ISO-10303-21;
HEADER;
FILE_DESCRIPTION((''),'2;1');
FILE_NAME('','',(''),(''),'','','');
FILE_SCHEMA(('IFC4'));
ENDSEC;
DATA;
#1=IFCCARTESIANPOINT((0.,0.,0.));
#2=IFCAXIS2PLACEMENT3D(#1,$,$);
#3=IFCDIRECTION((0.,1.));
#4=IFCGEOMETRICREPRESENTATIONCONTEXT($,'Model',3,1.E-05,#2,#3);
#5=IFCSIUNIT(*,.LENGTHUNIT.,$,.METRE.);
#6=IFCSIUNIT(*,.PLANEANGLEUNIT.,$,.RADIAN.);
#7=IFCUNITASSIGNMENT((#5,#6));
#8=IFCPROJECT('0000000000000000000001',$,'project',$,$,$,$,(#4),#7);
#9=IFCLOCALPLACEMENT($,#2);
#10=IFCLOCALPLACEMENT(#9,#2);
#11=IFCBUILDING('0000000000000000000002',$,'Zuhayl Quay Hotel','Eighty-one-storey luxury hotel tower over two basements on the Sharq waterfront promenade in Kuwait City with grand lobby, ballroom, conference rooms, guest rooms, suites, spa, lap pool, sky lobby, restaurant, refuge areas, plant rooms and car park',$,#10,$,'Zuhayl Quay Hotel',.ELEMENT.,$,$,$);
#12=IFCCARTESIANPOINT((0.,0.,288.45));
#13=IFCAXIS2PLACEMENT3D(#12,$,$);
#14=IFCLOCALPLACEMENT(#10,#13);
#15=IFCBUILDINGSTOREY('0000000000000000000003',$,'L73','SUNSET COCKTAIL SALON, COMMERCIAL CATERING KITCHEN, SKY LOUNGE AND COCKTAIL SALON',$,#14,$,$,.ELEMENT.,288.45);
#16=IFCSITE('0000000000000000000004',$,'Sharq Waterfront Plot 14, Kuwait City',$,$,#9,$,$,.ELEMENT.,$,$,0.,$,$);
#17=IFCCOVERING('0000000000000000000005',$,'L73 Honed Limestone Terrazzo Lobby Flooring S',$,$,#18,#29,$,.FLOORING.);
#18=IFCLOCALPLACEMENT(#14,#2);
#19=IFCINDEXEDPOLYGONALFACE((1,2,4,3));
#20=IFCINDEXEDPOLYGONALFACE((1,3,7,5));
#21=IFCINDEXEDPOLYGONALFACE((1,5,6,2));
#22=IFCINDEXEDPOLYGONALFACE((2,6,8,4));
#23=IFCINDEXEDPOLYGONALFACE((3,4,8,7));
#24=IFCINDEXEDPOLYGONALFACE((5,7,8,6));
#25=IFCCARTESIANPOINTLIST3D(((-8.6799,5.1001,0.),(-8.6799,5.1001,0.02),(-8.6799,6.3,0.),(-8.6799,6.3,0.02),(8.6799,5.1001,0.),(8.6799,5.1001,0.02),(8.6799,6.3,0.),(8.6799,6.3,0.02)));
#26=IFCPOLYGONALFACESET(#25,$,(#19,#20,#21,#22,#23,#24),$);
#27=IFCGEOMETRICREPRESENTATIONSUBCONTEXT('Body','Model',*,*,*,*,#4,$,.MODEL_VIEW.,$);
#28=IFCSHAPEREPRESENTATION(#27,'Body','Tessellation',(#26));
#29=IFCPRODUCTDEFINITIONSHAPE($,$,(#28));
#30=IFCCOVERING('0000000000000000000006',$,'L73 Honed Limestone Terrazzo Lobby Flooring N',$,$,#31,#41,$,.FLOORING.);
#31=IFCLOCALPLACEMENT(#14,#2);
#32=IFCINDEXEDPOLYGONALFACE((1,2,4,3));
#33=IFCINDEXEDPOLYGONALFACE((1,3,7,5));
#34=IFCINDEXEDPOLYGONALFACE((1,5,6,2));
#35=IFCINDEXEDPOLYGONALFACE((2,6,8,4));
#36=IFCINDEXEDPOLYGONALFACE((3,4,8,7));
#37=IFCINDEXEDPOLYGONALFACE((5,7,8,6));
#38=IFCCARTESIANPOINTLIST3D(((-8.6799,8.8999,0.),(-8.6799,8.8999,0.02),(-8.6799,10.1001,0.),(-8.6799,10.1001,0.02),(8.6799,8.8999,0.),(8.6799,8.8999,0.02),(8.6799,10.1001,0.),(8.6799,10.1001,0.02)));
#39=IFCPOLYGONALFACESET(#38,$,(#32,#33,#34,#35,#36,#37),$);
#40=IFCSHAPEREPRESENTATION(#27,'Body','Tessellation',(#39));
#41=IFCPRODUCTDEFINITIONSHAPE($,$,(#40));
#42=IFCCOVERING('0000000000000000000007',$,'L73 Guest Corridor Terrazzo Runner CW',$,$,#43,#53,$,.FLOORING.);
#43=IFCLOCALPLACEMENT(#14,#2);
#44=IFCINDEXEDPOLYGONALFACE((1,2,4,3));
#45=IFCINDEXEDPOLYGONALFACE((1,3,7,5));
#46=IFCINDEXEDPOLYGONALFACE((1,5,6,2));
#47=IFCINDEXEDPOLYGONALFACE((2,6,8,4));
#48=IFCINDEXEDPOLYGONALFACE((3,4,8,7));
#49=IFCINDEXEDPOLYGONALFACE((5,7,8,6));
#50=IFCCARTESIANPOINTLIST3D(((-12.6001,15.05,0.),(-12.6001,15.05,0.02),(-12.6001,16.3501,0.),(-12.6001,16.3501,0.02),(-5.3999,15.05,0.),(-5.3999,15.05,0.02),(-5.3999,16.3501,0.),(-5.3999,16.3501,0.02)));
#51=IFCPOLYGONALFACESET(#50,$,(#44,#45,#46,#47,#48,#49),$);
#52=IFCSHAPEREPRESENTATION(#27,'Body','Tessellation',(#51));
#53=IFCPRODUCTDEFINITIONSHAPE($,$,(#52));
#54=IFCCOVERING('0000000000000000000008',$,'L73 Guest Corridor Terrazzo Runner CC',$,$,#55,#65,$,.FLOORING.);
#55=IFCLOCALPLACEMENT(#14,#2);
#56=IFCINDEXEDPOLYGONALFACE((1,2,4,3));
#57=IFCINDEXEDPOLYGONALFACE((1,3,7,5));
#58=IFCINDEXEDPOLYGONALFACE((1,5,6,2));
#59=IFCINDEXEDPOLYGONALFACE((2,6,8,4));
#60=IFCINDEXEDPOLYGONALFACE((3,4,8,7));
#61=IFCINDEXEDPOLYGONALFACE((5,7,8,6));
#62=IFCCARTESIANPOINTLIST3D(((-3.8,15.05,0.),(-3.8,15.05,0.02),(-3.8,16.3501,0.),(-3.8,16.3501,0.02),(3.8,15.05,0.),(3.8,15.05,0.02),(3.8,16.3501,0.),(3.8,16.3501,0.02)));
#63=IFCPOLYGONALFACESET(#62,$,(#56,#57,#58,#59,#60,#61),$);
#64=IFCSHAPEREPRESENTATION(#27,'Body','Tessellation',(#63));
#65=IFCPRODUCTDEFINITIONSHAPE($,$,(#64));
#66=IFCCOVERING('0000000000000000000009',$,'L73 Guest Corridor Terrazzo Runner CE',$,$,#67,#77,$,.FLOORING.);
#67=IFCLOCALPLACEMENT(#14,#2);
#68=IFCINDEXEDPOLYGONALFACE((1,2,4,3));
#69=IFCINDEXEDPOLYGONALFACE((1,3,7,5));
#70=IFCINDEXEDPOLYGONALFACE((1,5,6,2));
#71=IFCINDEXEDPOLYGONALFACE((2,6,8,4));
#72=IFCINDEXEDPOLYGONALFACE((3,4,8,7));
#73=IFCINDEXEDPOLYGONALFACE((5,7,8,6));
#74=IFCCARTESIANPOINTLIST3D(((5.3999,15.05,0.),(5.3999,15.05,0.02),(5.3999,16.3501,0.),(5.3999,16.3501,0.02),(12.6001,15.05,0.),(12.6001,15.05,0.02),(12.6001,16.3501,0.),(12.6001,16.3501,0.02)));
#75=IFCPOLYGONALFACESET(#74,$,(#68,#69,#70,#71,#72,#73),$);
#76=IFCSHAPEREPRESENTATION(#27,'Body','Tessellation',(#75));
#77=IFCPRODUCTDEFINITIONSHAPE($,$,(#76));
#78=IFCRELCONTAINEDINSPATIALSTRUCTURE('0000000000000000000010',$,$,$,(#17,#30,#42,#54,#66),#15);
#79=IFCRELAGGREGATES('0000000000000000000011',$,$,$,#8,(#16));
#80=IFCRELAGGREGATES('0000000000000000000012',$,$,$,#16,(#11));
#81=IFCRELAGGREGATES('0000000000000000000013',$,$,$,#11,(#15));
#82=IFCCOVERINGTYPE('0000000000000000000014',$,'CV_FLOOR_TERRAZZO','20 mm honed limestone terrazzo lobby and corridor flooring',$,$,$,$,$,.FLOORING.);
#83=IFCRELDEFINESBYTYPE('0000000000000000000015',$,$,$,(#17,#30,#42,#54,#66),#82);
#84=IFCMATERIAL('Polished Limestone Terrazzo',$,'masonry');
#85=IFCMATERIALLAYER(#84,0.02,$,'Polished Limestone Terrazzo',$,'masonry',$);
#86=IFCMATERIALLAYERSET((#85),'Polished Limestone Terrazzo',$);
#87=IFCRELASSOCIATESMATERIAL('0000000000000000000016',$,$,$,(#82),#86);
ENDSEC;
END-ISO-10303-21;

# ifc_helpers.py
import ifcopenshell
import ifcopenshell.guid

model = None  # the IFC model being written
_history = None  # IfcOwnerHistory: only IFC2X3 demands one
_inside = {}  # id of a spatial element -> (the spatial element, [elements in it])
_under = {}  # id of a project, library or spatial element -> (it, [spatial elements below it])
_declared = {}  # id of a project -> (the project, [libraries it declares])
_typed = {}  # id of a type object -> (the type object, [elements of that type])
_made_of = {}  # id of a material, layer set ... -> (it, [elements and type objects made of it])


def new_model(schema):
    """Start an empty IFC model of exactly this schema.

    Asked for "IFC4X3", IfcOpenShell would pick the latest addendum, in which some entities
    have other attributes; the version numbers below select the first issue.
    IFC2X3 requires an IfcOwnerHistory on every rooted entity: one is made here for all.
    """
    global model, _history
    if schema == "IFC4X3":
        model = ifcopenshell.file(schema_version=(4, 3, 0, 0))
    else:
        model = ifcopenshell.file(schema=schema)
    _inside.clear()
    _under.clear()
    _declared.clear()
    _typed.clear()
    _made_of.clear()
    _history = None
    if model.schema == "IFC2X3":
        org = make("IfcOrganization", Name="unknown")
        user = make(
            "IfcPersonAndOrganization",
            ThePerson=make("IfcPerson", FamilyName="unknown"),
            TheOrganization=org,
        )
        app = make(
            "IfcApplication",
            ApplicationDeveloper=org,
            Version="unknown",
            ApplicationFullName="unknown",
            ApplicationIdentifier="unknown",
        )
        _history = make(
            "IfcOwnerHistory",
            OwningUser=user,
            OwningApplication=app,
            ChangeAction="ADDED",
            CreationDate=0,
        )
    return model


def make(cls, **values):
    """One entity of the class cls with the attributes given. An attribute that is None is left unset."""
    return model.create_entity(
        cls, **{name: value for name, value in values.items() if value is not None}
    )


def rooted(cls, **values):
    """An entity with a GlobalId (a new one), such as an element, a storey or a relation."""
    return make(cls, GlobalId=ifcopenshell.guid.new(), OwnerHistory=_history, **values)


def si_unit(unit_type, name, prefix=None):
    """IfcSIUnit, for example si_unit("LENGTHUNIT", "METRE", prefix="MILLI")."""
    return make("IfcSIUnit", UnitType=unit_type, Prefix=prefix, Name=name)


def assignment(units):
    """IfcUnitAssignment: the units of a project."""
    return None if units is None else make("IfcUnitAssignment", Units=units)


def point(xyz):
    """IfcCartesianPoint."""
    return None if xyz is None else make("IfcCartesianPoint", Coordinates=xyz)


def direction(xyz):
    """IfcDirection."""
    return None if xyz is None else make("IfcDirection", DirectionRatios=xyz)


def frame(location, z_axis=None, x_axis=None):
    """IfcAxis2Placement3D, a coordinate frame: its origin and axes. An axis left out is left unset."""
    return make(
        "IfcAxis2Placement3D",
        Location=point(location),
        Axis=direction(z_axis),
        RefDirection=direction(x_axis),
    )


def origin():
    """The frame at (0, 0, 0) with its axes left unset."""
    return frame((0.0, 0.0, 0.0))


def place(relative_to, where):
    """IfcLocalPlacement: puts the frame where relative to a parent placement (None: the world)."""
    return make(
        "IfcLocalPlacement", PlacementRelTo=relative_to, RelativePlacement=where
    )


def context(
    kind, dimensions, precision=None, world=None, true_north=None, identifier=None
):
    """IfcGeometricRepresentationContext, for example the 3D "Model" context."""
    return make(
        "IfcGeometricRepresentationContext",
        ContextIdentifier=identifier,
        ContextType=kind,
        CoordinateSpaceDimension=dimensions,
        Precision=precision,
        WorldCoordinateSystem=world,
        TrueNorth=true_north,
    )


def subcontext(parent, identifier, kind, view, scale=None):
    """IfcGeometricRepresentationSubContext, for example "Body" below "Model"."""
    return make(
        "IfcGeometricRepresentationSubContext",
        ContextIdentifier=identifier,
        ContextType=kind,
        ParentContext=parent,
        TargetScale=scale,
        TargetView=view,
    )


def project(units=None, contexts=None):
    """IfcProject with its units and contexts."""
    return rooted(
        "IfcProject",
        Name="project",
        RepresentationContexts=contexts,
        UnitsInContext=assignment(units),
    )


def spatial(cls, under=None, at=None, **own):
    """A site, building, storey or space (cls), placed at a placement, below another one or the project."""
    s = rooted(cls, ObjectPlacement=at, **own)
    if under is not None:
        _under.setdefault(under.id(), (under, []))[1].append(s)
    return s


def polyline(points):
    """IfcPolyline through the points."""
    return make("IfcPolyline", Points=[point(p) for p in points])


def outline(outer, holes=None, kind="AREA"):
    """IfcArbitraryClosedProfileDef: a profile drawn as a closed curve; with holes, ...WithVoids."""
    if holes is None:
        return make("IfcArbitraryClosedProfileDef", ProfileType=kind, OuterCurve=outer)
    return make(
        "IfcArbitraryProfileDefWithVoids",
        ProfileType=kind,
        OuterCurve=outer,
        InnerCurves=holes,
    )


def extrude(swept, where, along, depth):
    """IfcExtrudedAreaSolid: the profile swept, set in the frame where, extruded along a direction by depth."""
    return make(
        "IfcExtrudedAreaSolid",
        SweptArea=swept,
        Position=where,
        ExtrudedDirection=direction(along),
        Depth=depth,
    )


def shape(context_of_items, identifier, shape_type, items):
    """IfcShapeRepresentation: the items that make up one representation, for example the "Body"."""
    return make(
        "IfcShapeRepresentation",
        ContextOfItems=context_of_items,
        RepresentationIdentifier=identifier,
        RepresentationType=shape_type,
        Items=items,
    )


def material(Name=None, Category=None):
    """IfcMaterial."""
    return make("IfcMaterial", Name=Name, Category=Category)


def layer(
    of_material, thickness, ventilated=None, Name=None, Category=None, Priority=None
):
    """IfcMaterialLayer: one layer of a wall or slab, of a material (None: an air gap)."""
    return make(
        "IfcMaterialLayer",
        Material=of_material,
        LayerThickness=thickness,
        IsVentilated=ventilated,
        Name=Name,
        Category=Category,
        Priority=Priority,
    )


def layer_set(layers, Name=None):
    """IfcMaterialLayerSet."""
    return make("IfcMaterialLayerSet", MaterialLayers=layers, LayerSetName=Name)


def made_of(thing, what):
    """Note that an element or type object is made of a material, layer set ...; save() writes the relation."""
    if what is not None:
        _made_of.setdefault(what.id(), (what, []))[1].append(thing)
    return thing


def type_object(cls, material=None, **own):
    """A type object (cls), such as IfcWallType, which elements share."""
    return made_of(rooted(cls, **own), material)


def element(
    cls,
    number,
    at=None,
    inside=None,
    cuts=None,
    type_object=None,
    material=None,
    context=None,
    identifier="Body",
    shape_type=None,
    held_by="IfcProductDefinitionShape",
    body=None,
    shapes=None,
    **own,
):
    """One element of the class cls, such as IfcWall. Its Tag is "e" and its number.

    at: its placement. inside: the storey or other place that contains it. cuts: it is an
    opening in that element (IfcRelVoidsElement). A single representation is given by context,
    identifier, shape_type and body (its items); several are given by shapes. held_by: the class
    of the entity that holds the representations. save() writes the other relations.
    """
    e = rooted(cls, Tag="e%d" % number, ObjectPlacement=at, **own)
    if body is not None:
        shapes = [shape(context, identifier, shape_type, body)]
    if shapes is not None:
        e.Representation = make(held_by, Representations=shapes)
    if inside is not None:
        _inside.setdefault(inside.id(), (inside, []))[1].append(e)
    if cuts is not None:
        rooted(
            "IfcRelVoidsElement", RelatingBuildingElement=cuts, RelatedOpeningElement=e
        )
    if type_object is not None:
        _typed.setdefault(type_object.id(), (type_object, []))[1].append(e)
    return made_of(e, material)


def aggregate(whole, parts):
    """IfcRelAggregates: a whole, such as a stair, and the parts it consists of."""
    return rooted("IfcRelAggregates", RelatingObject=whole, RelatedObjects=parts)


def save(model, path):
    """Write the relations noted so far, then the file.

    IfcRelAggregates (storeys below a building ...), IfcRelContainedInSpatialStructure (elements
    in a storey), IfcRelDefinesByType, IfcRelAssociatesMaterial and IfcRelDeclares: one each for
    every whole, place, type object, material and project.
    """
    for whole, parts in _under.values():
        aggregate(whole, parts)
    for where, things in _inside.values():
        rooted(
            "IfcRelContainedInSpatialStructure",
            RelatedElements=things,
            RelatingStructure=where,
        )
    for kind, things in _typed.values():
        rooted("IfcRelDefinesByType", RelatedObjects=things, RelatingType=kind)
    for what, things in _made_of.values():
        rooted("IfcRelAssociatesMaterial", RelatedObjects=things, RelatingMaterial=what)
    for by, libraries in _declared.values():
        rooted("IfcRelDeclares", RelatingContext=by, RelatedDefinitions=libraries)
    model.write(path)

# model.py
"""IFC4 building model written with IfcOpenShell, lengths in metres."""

from ifc_helpers import new_model, si_unit, direction, frame, origin, place, context, subcontext, project, spatial, polyline, outline, extrude, material, layer, layer_set, type_object, element, save


model = new_model("IFC4")

# Units and contexts
model_context = context("Model", 3, precision=1e-05, world=origin(), true_north=direction((0.0, 1.0)))
body_context = subcontext(model_context, "Body", "Model", "MODEL_VIEW")
ifc_project = project(units=[si_unit("LENGTHUNIT", "METRE"), si_unit("PLANEANGLEUNIT", "RADIAN")], contexts=[model_context])

# Site, building, storey
site_placement = place(None, origin())
site = spatial("IfcSite", under=ifc_project, at=site_placement, Name="Sharq Waterfront Plot 14, Kuwait City", CompositionType="ELEMENT", RefElevation=0.0)
building_placement = place(site_placement, origin())
building = spatial("IfcBuilding", under=site, at=building_placement, Name="Zuhayl Quay Hotel", Description="Eighty-one-storey luxury hotel tower over two basements on the Sharq waterfront promenade in Kuwait City with grand lobby, ballroom, conference rooms, guest rooms, suites, spa, lap pool, sky lobby, restaurant, refuge areas, plant rooms and car park", LongName="Zuhayl Quay Hotel", CompositionType="ELEMENT")
storey_placement = place(building_placement, frame((0.0, 0.0, 288.45)))
storey = spatial("IfcBuildingStorey", under=building, at=storey_placement, Name="L73", Description="SUNSET COCKTAIL SALON, COMMERCIAL CATERING KITCHEN, SKY LOUNGE AND COCKTAIL SALON", CompositionType="ELEMENT", Elevation=288.45)

# Coverings
ifc_material_1 = material(Name="Polished Limestone Terrazzo", Category="masonry")
ifc_layer_1 = layer(ifc_material_1, 0.02, Name="Polished Limestone Terrazzo", Category="masonry")
ifc_layer_set_1 = layer_set([ifc_layer_1], Name="Polished Limestone Terrazzo")
covering_type_1 = type_object("IfcCoveringType", Name="CV_FLOOR_TERRAZZO", Description="20 mm honed limestone terrazzo lobby and corridor flooring", PredefinedType="FLOORING", material=ifc_layer_set_1)
covering_1_placement = place(storey_placement, origin())
element("IfcCovering", 1, at=covering_1_placement, inside=storey, type_object=covering_type_1, Name="L73 Honed Limestone Terrazzo Lobby Flooring S", PredefinedType="FLOORING", context=body_context, shape_type="SweptSolid", body=[
    extrude(outline(polyline([(-8.6799, 5.1001), (8.6799, 5.1001), (8.6799, 6.3), (-8.6799, 6.3), (-8.6799, 5.1001)])), origin(), (0.0, 0.0, 1.0), 0.02),
])
covering_2_placement = place(storey_placement, origin())
element("IfcCovering", 2, at=covering_2_placement, inside=storey, type_object=covering_type_1, Name="L73 Honed Limestone Terrazzo Lobby Flooring N", PredefinedType="FLOORING", context=body_context, shape_type="SweptSolid", body=[
    extrude(outline(polyline([(-8.6799, 8.8999), (8.6799, 8.8999), (8.6799, 10.1001), (-8.6799, 10.1001), (-8.6799, 8.8999)])), origin(), (0.0, 0.0, 1.0), 0.02),
])
covering_3_placement = place(storey_placement, origin())
element("IfcCovering", 3, at=covering_3_placement, inside=storey, type_object=covering_type_1, Name="L73 Guest Corridor Terrazzo Runner CW", PredefinedType="FLOORING", context=body_context, shape_type="SweptSolid", body=[
    extrude(outline(polyline([(-12.6001, 15.05), (-5.3999, 15.05), (-5.3999, 16.3501), (-12.6001, 16.3501), (-12.6001, 15.05)])), origin(), (0.0, 0.0, 1.0), 0.02),
])
covering_4_placement = place(storey_placement, origin())
element("IfcCovering", 4, at=covering_4_placement, inside=storey, type_object=covering_type_1, Name="L73 Guest Corridor Terrazzo Runner CC", PredefinedType="FLOORING", context=body_context, shape_type="SweptSolid", body=[
    extrude(outline(polyline([(-3.8, 15.05), (3.8, 15.05), (3.8, 16.3501), (-3.8, 16.3501), (-3.8, 15.05)])), origin(), (0.0, 0.0, 1.0), 0.02),
])
covering_5_placement = place(storey_placement, origin())
element("IfcCovering", 5, at=covering_5_placement, inside=storey, type_object=covering_type_1, Name="L73 Guest Corridor Terrazzo Runner CE", PredefinedType="FLOORING", context=body_context, shape_type="SweptSolid", body=[
    extrude(outline(polyline([(5.3999, 15.05), (12.6001, 15.05), (12.6001, 16.3501), (5.3999, 16.3501), (5.3999, 15.05)])), origin(), (0.0, 0.0, 1.0), 0.02),
])

save(model, "model.ifc")
